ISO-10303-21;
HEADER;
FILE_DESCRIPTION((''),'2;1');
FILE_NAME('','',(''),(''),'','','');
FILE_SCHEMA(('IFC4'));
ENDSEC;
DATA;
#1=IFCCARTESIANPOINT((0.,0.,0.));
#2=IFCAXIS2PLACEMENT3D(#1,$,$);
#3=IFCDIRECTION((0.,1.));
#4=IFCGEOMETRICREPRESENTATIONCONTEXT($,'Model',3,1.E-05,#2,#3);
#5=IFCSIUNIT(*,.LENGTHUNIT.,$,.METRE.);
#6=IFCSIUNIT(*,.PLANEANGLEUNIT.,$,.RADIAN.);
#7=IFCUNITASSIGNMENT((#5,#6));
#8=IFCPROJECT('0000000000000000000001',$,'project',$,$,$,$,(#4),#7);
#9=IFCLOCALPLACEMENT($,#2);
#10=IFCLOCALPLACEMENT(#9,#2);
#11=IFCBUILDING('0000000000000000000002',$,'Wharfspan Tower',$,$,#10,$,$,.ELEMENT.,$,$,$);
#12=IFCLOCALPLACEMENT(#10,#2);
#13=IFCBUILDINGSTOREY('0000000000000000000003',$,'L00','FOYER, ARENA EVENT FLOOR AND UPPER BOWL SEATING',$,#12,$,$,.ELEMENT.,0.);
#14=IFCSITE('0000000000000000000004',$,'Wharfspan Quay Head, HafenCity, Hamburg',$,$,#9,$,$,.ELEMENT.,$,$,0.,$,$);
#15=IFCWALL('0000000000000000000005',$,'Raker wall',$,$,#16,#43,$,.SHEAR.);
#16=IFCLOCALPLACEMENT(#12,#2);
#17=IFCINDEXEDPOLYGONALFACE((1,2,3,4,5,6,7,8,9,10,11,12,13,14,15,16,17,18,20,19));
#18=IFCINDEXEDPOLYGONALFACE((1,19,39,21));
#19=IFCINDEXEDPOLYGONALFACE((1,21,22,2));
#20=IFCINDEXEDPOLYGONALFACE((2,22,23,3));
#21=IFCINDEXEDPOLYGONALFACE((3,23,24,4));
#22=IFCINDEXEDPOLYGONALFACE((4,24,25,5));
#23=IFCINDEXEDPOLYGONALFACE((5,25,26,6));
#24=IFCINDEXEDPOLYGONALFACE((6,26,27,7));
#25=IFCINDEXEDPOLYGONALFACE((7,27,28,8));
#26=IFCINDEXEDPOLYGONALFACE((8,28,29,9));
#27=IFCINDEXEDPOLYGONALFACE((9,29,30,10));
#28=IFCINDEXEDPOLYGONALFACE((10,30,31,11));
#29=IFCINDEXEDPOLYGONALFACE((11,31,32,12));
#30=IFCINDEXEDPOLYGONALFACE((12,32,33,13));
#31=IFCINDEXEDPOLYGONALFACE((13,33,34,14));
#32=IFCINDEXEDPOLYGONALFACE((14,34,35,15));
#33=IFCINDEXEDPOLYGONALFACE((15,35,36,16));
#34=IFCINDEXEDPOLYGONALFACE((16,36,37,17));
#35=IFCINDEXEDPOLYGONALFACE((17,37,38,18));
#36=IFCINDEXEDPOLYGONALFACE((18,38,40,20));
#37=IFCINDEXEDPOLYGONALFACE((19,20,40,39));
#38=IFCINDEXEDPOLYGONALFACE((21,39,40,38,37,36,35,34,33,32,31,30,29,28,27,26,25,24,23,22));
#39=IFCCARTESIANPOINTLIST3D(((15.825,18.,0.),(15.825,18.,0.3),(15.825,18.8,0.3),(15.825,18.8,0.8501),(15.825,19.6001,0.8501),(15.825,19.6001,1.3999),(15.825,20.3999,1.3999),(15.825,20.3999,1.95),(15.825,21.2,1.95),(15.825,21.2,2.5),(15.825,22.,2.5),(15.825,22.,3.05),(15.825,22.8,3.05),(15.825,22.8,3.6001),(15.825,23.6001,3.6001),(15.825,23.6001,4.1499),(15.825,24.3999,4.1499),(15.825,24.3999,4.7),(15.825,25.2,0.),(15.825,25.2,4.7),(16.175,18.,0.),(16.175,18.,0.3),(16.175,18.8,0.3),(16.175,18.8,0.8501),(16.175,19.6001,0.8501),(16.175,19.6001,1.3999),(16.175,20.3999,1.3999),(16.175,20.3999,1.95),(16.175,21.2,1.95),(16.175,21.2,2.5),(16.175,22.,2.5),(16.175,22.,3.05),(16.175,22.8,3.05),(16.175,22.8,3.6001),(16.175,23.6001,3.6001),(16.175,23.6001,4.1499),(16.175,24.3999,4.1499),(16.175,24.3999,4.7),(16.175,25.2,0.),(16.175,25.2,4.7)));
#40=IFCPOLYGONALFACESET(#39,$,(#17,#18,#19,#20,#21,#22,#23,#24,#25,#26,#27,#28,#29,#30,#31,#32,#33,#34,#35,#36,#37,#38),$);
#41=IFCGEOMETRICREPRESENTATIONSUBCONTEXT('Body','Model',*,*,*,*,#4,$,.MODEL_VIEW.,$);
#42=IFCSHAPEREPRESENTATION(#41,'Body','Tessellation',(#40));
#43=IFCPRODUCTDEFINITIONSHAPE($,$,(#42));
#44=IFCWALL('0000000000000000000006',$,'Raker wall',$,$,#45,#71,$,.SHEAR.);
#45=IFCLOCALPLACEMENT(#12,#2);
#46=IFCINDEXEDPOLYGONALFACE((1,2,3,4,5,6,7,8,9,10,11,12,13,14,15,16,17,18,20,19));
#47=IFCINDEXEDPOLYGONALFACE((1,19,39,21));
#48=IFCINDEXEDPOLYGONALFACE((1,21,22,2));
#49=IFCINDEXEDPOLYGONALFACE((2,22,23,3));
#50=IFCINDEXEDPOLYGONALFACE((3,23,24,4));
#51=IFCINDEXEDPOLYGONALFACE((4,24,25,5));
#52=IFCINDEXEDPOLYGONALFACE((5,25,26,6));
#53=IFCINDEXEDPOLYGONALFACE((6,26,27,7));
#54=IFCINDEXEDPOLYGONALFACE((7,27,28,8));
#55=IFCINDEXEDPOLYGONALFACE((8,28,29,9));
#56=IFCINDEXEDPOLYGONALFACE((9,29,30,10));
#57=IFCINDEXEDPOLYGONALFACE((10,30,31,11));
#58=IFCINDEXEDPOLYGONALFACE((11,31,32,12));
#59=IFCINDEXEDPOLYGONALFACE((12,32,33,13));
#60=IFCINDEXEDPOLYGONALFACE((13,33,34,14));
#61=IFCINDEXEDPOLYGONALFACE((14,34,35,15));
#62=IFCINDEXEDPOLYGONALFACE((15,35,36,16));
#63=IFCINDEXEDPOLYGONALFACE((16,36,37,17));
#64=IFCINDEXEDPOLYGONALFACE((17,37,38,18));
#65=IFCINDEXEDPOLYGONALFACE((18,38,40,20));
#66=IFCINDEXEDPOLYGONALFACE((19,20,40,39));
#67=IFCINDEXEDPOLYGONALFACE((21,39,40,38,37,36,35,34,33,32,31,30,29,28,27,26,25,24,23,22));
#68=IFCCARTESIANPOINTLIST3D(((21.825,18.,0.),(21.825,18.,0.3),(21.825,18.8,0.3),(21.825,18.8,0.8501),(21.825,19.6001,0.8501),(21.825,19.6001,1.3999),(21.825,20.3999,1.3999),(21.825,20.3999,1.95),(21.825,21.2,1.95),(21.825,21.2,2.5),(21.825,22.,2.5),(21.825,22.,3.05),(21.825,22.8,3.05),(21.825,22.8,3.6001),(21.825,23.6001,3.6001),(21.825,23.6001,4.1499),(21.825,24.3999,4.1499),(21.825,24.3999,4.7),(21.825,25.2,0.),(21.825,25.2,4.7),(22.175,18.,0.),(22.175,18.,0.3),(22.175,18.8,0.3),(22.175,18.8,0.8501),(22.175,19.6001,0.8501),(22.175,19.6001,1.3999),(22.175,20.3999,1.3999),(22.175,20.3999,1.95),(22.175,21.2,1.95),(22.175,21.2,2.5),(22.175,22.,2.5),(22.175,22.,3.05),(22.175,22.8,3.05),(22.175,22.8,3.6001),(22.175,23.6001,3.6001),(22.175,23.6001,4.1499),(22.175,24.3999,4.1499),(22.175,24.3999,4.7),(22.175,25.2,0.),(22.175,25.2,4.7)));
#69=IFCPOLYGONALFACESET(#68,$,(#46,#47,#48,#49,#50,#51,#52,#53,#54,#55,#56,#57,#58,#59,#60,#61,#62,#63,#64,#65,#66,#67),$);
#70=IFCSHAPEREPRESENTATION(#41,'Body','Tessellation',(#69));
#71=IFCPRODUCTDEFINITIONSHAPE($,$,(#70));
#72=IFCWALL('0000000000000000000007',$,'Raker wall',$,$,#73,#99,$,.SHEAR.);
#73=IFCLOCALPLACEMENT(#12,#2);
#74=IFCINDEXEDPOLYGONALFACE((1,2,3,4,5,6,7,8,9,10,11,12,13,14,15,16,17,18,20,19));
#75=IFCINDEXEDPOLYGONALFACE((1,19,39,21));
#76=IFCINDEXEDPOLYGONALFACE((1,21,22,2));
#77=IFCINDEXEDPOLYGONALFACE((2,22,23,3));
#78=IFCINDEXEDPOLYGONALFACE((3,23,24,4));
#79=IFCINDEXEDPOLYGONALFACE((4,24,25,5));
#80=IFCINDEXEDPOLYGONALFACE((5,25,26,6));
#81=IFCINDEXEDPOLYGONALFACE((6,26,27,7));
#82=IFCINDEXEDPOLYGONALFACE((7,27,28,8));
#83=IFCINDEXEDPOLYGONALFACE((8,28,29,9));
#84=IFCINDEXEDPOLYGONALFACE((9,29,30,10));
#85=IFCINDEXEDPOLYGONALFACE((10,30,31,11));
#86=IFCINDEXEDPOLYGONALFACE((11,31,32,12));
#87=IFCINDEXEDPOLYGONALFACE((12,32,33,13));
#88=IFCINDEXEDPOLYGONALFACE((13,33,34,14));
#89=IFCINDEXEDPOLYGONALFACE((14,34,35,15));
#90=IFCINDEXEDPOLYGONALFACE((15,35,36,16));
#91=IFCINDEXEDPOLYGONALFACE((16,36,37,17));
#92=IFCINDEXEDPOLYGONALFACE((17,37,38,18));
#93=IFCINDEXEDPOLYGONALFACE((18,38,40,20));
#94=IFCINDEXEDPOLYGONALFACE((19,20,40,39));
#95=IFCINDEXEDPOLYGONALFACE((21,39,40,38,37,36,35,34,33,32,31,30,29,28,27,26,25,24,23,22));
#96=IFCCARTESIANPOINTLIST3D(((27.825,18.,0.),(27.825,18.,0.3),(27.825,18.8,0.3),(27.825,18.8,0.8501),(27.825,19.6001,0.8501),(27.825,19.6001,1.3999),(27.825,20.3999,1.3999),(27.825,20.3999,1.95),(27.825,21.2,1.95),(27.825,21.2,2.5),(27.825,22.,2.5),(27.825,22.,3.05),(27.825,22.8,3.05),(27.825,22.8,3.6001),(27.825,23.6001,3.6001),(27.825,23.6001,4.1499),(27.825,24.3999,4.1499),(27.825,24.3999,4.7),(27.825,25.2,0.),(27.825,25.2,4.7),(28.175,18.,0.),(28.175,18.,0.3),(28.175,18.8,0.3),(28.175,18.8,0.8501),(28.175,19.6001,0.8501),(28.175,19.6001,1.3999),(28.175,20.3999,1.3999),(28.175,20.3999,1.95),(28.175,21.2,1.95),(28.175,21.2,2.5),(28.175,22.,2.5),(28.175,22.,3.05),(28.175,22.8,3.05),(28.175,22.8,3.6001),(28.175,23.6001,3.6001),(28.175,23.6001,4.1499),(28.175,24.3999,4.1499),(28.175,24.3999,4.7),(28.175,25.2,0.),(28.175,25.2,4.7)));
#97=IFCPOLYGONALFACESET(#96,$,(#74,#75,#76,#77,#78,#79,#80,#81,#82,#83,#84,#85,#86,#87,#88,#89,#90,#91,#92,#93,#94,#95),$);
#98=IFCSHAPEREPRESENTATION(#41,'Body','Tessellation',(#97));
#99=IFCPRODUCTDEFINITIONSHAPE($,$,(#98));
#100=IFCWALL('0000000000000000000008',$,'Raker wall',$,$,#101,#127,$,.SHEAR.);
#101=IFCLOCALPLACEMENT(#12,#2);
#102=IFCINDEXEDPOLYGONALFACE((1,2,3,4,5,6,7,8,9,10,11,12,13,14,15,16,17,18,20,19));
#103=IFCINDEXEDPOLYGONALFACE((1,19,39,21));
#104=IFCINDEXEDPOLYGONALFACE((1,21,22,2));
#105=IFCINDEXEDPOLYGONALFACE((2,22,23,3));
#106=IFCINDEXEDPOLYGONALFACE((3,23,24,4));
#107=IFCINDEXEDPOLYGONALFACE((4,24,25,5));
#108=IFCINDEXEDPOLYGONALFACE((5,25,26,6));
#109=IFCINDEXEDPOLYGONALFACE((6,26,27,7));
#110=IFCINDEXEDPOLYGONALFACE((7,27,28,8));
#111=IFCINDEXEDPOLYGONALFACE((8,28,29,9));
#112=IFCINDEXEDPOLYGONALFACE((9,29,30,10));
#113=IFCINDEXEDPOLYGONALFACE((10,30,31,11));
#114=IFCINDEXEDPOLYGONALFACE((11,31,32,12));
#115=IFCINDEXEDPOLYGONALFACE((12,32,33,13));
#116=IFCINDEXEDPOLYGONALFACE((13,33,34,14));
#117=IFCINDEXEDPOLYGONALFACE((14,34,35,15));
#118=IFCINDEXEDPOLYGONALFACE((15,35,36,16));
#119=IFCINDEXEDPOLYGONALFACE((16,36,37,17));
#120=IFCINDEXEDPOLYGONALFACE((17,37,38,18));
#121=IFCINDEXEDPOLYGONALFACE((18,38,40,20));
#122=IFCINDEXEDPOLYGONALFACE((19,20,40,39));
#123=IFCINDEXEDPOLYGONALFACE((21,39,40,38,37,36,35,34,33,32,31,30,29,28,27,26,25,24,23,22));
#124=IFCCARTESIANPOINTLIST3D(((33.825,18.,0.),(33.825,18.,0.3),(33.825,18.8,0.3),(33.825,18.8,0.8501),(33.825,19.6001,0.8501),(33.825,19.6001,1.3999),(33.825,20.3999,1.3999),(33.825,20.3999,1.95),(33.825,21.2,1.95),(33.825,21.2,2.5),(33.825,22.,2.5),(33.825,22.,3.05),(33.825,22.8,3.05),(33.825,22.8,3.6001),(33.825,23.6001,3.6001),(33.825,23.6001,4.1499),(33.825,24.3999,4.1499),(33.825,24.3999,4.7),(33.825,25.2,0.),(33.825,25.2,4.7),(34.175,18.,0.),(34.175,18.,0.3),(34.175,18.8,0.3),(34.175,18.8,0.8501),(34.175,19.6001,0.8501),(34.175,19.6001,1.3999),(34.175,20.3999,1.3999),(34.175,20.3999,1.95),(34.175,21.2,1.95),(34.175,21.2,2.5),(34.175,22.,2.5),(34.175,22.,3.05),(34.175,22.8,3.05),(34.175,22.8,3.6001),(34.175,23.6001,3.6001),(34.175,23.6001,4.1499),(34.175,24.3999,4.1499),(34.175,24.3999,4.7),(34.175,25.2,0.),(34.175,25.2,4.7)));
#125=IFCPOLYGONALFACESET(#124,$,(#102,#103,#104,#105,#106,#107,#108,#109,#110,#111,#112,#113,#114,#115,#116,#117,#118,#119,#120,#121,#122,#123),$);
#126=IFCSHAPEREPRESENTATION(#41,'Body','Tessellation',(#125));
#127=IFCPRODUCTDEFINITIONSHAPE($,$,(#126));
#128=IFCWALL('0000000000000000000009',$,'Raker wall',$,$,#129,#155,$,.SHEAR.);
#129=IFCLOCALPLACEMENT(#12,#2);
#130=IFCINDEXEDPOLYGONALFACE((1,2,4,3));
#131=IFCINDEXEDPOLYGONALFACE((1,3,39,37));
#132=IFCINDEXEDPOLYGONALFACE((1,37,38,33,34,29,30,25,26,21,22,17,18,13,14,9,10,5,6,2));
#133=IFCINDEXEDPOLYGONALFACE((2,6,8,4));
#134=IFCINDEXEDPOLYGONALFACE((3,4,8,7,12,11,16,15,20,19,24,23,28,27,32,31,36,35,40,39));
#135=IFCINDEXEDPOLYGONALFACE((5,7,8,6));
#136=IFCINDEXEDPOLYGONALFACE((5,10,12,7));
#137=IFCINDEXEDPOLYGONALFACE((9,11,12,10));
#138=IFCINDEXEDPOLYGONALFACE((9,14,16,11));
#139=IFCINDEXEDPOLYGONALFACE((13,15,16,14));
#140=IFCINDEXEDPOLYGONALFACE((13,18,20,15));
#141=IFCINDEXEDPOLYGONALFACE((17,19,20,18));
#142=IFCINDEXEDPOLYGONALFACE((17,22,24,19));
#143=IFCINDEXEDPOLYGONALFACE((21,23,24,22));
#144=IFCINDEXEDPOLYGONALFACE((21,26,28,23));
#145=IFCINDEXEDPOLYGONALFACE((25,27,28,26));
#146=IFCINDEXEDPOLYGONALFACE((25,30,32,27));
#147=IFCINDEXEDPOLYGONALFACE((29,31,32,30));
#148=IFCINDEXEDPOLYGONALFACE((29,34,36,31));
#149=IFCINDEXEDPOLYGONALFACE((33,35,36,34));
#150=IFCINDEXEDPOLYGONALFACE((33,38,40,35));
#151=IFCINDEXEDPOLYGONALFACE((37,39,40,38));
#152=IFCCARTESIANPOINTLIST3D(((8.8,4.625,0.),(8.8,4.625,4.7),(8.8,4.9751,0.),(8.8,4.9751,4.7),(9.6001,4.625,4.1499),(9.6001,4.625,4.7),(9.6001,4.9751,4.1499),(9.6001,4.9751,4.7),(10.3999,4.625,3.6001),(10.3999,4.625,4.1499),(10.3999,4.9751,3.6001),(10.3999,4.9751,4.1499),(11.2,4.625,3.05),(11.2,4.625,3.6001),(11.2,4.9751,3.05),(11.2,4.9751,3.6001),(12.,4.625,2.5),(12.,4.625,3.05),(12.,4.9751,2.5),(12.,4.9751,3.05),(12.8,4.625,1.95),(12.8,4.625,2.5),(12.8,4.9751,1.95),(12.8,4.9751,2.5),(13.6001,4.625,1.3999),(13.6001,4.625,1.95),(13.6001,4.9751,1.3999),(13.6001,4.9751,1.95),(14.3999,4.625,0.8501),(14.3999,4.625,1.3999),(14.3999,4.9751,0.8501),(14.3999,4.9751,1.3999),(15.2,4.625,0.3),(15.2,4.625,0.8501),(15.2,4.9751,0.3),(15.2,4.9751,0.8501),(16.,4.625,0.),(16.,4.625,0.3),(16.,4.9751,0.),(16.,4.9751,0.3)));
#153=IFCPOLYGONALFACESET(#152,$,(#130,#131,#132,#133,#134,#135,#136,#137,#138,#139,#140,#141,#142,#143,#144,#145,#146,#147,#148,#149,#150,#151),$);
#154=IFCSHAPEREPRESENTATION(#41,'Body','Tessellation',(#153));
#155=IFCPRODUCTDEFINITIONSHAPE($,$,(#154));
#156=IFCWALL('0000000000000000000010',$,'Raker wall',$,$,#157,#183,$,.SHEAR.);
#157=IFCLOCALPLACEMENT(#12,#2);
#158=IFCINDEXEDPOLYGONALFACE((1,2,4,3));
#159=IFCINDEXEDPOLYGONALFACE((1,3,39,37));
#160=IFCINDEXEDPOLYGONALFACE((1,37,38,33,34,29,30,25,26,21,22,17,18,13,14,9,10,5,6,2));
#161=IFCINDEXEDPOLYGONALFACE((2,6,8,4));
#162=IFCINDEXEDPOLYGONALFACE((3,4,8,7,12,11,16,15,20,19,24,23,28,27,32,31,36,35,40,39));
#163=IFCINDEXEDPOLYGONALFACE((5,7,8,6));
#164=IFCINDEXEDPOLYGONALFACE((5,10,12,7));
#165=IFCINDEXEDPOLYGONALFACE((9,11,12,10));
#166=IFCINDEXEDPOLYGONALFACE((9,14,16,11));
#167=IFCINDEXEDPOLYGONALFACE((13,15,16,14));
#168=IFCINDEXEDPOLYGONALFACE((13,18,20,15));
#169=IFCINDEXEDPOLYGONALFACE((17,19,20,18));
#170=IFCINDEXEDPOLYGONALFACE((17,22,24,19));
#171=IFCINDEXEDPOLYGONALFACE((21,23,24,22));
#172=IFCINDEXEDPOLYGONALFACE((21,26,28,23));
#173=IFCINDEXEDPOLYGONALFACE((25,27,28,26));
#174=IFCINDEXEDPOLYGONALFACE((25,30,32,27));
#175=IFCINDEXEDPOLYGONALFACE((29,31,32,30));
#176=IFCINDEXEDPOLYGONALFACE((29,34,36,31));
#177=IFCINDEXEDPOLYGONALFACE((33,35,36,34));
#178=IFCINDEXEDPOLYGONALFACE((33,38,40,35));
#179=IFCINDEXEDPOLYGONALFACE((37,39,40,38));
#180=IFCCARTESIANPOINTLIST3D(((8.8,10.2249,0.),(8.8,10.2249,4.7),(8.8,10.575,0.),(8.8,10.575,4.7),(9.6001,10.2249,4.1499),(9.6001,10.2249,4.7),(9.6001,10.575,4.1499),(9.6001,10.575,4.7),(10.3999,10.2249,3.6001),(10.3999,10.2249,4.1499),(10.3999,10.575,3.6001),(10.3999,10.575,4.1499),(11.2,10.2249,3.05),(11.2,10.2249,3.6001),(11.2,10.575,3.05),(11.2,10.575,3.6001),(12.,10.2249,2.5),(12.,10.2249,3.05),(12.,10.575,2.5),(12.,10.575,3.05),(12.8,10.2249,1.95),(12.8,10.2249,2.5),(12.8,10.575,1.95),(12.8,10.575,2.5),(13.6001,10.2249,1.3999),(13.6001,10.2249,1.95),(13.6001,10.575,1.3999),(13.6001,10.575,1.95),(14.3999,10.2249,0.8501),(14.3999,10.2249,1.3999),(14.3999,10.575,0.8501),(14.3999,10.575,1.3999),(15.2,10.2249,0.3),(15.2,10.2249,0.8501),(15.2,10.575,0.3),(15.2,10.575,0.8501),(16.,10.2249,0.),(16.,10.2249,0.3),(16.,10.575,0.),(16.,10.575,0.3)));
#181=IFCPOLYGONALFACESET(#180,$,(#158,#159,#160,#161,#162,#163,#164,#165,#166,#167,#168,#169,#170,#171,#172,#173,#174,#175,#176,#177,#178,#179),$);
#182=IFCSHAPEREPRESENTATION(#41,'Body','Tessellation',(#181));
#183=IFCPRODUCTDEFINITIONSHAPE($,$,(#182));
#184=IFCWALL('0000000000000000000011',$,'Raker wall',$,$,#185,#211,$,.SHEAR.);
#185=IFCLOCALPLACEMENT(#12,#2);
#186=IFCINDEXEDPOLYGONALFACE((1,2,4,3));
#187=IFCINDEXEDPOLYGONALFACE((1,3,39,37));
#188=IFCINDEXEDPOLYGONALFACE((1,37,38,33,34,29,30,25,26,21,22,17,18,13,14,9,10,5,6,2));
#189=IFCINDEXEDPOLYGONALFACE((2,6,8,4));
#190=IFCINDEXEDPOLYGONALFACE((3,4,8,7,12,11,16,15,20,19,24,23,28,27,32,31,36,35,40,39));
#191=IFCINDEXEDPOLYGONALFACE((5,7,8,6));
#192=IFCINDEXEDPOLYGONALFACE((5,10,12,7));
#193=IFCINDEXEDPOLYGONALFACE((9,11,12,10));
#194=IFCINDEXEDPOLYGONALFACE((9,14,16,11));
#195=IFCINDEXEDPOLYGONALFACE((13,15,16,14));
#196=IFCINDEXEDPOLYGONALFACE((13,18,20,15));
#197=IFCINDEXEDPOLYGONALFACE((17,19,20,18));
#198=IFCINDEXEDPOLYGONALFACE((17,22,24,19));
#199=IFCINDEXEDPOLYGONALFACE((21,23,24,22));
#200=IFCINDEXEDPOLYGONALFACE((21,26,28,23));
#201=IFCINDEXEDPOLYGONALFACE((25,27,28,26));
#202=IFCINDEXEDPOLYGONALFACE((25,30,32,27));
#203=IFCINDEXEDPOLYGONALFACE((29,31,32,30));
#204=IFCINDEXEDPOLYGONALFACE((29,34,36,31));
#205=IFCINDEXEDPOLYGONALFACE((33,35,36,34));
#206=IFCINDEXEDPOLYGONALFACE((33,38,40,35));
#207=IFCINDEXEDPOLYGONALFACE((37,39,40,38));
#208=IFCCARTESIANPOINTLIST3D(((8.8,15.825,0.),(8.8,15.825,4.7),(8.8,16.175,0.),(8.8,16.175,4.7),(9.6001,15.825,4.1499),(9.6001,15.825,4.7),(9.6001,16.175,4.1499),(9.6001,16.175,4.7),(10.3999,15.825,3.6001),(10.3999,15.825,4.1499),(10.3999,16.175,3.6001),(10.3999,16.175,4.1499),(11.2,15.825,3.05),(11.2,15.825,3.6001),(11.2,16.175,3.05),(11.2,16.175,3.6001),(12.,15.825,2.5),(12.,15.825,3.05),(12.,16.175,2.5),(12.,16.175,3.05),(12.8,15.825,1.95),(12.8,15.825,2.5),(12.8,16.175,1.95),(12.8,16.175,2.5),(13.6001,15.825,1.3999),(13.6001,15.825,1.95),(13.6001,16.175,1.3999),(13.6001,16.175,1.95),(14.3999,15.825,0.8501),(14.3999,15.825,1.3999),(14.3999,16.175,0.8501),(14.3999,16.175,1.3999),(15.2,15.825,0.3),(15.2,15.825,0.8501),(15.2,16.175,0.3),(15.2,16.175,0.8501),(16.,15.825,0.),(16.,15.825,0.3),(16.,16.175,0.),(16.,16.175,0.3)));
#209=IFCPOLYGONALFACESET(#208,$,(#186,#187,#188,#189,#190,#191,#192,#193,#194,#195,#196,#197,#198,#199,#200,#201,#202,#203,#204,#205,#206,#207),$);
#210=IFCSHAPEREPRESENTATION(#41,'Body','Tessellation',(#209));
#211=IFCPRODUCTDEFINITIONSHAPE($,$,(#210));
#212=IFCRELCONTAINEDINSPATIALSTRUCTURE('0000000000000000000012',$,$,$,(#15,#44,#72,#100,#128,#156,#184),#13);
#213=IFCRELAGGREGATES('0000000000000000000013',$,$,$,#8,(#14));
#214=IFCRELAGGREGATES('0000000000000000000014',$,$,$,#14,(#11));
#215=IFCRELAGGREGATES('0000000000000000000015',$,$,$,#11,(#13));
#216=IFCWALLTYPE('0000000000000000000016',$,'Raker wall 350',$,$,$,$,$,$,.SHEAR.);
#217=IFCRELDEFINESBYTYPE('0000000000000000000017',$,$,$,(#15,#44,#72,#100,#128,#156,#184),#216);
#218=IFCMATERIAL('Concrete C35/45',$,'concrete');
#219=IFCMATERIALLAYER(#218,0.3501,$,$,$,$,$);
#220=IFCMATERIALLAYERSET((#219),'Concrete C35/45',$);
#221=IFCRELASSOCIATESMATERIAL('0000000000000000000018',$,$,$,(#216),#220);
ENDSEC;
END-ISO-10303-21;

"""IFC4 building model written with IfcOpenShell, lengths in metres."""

from ifc_helpers import new_model, si_unit, direction, frame, origin, place, context, subcontext, project, spatial, polyline, outline, extrude, material, layer, layer_set, type_object, element, save


model = new_model("IFC4")

# Units and contexts
model_context = context("Model", 3, precision=1e-05, world=origin(), true_north=direction((0.0, 1.0)))
body_context = subcontext(model_context, "Body", "Model", "MODEL_VIEW")
ifc_project = project(units=[si_unit("LENGTHUNIT", "METRE"), si_unit("PLANEANGLEUNIT", "RADIAN")], contexts=[model_context])

# Site, building, storey
site_placement = place(None, origin())
site = spatial("IfcSite", under=ifc_project, at=site_placement, Name="Wharfspan Quay Head, HafenCity, Hamburg", CompositionType="ELEMENT", RefElevation=0.0)
building_placement = place(site_placement, origin())
building = spatial("IfcBuilding", under=site, at=building_placement, Name="Wharfspan Tower", CompositionType="ELEMENT")
storey_placement = place(building_placement, origin())
storey = spatial("IfcBuildingStorey", under=building, at=storey_placement, Name="L00", Description="FOYER, ARENA EVENT FLOOR AND UPPER BOWL SEATING", CompositionType="ELEMENT", Elevation=0.0)

# Walls
ifc_material_1 = material(Name="Concrete C35/45", Category="concrete")
ifc_layer_1 = layer(ifc_material_1, 0.3501)
ifc_layer_set_1 = layer_set([ifc_layer_1], Name="Concrete C35/45")
wall_type = type_object("IfcWallType", Name="Raker wall 350", PredefinedType="SHEAR", material=ifc_layer_set_1)
for number, where, z_axis, x_axis, name in (
    (1, (16.0, 18.0, 0.0), (0.0, 0.0, 1.0), (0.0, 1.0, 0.0), "Raker wall"),
    (2, (22.0, 18.0, 0.0), (0.0, 0.0, 1.0), (0.0, 1.0, 0.0), "Raker wall"),
    (3, (28.0, 18.0, 0.0), (0.0, 0.0, 1.0), (0.0, 1.0, 0.0), "Raker wall"),
    (4, (34.0, 18.0, 0.0), (0.0, 0.0, 1.0), (0.0, 1.0, 0.0), "Raker wall"),
    (5, (16.0, 4.8, 0.0), (0.0, 0.0, 1.0), (-1.0, 0.0, 0.0), "Raker wall"),
    (6, (16.0, 10.3999, 0.0), (0.0, 0.0, 1.0), (-1.0, 0.0, 0.0), "Raker wall"),
    (7, (16.0, 16.0, 0.0), (0.0, 0.0, 1.0), (-1.0, 0.0, 0.0), "Raker wall"),
):
    element("IfcWall", number, at=place(storey_placement, frame(where, z_axis=z_axis, x_axis=x_axis)), inside=storey, type_object=wall_type, Name=name, PredefinedType="SHEAR", context=body_context, shape_type="SweptSolid", body=[
        extrude(outline(polyline([(0.0, 0.0), (7.2, 0.0), (7.2, 4.7), (6.3999, 4.7), (6.3999, 4.1499), (5.6001, 4.1499), (5.6001, 3.6001), (4.8, 3.6001), (4.8, 3.05), (4.0, 3.05), (4.0, 2.5), (3.2, 2.5), (3.2, 1.95), (2.3999, 1.95), (2.3999, 1.3999), (1.6001, 1.3999), (1.6001, 0.8501), (0.8, 0.8501), (0.8, 0.3), (0.0, 0.3), (0.0, 0.0)])), frame((0.0, 0.175, 0.0), z_axis=(0.0, -1.0, 0.0), x_axis=(1.0, 0.0, 0.0)), (0.0, 0.0, 1.0), 0.3501),
    ])

save(model, "model.ifc")
